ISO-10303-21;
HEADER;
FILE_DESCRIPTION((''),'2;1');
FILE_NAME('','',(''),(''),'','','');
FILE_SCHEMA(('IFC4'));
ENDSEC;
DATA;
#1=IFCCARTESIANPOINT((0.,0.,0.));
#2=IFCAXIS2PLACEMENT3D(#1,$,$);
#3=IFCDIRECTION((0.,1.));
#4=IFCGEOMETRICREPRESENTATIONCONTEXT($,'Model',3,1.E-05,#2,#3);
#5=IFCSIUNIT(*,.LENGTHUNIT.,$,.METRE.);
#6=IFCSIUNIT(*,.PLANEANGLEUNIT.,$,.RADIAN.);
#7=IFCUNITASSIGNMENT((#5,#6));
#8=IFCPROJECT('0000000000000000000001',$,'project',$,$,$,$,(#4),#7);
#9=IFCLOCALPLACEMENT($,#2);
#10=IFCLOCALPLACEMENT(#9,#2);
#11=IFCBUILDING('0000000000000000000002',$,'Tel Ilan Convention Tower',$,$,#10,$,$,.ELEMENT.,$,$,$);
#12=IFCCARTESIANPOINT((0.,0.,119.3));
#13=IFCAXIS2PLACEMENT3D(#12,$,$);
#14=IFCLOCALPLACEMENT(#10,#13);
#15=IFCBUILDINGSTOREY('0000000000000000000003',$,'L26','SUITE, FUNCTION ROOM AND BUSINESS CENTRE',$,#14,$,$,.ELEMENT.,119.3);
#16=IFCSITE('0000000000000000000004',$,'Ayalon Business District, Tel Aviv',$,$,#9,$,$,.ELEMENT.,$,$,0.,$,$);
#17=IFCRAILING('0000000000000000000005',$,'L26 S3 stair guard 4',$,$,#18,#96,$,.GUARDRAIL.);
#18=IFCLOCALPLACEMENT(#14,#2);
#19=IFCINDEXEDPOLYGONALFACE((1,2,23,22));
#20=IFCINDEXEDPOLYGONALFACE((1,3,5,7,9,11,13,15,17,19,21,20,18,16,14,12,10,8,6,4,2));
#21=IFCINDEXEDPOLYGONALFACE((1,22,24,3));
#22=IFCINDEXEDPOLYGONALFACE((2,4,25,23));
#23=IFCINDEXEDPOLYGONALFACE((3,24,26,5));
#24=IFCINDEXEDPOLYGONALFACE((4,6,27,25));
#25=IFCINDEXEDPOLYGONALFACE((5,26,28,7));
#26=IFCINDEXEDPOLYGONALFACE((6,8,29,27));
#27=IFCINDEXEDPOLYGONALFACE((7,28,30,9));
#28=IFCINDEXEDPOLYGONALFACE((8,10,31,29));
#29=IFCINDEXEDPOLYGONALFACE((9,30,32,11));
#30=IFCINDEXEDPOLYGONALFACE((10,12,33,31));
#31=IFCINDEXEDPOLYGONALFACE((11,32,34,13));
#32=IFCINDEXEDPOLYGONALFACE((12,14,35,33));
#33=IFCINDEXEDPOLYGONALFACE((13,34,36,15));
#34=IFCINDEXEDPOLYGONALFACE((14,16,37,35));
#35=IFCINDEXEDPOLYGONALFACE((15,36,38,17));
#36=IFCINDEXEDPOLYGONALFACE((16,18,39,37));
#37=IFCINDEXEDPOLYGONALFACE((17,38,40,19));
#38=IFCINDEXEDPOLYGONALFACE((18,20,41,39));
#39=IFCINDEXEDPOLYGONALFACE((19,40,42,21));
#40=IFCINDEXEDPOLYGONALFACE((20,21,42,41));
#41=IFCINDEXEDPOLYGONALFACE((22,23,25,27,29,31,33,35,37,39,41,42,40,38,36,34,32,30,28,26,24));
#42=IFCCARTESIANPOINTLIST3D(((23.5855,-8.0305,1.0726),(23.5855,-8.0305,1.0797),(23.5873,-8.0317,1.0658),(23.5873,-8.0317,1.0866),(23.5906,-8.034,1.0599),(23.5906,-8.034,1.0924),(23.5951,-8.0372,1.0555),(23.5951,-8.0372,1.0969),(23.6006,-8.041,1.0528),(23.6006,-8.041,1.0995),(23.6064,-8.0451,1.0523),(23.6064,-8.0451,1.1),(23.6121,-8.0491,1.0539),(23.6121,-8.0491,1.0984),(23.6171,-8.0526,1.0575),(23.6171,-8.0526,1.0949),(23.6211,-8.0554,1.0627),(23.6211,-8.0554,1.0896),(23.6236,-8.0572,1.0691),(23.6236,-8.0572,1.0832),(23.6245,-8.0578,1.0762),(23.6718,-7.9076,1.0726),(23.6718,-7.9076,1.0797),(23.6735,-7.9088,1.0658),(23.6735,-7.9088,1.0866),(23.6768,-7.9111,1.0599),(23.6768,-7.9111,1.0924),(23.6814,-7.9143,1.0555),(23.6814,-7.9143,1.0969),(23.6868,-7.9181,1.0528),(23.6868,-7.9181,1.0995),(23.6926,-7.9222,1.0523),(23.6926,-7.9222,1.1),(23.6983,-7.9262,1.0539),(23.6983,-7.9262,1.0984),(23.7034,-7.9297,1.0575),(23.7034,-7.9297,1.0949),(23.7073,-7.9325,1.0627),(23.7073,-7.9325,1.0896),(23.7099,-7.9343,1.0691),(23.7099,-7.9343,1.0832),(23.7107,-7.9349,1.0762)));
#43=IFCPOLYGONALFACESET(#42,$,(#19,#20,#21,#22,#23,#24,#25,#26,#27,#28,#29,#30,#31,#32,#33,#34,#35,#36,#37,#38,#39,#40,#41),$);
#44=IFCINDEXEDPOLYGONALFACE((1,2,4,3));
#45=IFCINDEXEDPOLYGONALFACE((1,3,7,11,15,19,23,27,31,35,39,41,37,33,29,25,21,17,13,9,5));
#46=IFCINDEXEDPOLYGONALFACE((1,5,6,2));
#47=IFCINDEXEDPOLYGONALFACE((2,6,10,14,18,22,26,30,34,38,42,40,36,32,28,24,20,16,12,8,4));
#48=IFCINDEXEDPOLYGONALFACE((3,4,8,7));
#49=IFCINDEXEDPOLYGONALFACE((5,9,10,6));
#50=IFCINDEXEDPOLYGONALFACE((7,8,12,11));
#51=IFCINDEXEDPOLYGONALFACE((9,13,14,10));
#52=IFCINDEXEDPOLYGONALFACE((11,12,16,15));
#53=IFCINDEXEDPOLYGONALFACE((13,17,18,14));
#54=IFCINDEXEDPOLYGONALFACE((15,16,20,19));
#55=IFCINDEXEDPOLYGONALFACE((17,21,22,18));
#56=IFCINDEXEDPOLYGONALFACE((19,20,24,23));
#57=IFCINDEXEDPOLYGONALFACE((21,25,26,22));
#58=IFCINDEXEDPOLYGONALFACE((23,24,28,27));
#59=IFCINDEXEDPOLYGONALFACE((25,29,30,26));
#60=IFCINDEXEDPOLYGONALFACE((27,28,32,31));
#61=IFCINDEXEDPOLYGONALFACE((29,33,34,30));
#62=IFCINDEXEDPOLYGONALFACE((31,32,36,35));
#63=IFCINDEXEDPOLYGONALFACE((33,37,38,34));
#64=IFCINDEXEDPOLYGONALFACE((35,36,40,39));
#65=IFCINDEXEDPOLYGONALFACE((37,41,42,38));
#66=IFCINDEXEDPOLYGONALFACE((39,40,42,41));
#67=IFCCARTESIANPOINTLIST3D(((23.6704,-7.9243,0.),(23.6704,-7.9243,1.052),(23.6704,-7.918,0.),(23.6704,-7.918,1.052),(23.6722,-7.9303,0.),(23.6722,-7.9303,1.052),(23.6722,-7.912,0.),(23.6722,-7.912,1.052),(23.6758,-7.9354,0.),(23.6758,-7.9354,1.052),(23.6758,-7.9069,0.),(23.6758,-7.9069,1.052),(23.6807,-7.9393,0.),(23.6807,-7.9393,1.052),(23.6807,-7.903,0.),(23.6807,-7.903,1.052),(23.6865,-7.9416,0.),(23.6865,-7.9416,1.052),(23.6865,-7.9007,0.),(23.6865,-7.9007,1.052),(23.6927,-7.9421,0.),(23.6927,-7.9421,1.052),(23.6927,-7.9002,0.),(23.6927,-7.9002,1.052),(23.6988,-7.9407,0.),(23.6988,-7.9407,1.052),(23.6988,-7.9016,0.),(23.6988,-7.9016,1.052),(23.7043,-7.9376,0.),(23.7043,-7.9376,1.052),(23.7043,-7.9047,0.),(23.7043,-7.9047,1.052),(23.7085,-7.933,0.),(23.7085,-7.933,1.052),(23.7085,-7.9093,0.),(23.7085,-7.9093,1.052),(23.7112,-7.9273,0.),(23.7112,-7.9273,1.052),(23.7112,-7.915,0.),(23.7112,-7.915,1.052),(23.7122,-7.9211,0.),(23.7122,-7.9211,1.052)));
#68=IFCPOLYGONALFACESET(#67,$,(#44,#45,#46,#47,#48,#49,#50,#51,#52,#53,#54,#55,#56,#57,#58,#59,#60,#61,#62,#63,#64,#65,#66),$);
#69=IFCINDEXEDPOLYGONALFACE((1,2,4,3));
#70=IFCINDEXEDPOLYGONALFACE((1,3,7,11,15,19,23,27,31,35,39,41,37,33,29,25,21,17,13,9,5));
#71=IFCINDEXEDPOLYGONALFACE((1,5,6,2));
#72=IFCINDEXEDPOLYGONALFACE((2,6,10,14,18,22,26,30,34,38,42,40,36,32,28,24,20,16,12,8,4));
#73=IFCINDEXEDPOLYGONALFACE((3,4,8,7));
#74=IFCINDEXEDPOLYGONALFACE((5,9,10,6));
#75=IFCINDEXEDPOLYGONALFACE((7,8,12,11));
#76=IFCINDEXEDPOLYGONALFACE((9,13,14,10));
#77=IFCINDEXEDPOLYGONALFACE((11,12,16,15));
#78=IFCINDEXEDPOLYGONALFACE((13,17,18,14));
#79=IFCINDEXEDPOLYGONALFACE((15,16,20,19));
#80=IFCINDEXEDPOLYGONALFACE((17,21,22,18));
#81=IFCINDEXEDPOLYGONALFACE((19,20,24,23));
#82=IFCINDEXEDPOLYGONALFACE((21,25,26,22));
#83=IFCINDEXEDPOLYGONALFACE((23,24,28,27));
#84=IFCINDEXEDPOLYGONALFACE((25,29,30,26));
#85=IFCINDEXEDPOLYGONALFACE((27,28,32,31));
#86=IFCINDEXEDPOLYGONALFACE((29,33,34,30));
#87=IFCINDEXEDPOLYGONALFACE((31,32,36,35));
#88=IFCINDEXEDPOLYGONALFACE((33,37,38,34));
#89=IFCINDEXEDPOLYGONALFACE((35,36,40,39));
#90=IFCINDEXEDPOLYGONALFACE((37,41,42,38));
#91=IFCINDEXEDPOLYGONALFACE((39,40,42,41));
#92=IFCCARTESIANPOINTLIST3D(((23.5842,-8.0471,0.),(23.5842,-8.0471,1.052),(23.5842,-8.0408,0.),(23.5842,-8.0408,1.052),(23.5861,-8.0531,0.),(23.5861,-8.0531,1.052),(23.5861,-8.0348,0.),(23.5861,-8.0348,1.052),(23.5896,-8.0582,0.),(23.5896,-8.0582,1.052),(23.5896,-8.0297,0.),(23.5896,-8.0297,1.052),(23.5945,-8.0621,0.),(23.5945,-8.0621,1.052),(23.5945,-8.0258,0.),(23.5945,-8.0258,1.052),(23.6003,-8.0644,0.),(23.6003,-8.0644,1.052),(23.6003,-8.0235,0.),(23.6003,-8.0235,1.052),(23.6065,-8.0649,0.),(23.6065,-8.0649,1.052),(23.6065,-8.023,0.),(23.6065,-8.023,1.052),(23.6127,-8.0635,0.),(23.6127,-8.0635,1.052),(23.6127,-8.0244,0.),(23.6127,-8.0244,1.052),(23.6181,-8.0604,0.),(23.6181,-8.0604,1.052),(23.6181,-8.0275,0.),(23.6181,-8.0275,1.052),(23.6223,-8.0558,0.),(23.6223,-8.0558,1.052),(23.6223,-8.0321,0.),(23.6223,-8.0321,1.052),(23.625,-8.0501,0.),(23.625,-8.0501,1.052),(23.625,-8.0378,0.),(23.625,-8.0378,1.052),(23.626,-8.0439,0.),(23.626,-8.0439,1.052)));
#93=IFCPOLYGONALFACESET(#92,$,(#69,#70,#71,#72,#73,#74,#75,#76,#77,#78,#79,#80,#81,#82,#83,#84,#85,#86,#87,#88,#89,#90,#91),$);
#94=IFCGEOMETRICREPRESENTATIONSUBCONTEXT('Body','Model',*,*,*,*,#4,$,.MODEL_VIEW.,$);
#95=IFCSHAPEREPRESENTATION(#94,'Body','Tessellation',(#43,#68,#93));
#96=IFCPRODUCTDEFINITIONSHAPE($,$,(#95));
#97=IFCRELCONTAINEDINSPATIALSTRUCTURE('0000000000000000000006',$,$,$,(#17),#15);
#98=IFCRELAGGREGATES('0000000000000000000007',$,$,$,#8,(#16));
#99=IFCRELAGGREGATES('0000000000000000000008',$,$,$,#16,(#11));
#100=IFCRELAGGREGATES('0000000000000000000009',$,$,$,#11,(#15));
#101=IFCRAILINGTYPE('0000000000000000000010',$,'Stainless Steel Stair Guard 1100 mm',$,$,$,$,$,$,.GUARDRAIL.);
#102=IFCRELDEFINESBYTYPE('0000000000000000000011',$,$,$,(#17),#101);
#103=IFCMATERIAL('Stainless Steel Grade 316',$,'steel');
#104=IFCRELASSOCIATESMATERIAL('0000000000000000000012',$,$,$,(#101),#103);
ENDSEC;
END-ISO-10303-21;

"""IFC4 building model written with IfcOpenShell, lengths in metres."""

from ifc_helpers import new_model, si_unit, direction, frame, origin, origin_2d, place, context, subcontext, project, spatial, circle, extrude, material, type_object, element, save


model = new_model("IFC4")

# Units and contexts
model_context = context("Model", 3, precision=1e-05, world=origin(), true_north=direction((0.0, 1.0)))
body_context = subcontext(model_context, "Body", "Model", "MODEL_VIEW")
ifc_project = project(units=[si_unit("LENGTHUNIT", "METRE"), si_unit("PLANEANGLEUNIT", "RADIAN")], contexts=[model_context])

# Site, building, storey
site_placement = place(None, origin())
site = spatial("IfcSite", under=ifc_project, at=site_placement, Name="Ayalon Business District, Tel Aviv", CompositionType="ELEMENT", RefElevation=0.0)
building_placement = place(site_placement, origin())
building = spatial("IfcBuilding", under=site, at=building_placement, Name="Tel Ilan Convention Tower", CompositionType="ELEMENT")
storey_placement = place(building_placement, frame((0.0, 0.0, 119.3)))
storey = spatial("IfcBuildingStorey", under=building, at=storey_placement, Name="L26", Description="SUITE, FUNCTION ROOM AND BUSINESS CENTRE", CompositionType="ELEMENT", Elevation=119.3)

# Railing
ifc_material_1 = material(Name="Stainless Steel Grade 316", Category="steel")
railing_type_1 = type_object("IfcRailingType", Name="Stainless Steel Stair Guard 1100 mm", PredefinedType="GUARDRAIL", material=ifc_material_1)
railing_1_placement = place(storey_placement, frame((23.6912, -7.9211, 0.0)))
element("IfcRailing", 1, at=railing_1_placement, inside=storey, type_object=railing_type_1, Name="L26 S3 stair guard 4", PredefinedType="GUARDRAIL", context=body_context, shape_type="SweptSolid", body=[
    extrude(circle(Radius=0.0239, at=origin_2d()), frame((0.0, 0.0, 1.0762), z_axis=(-0.574445, -0.818543, 0.0), x_axis=(0.818543, -0.574445, 0.0)), (0.0, 0.0, 1.0), 0.1501),
    extrude(circle(Radius=0.021, at=origin_2d()), origin(), (0.0, 0.0, 1.0), 1.052),
    extrude(circle(Radius=0.021, at=origin_2d()), frame((-0.0862, -0.1228, 0.0)), (0.0, 0.0, 1.0), 1.052),
])

save(model, "model.ifc")
